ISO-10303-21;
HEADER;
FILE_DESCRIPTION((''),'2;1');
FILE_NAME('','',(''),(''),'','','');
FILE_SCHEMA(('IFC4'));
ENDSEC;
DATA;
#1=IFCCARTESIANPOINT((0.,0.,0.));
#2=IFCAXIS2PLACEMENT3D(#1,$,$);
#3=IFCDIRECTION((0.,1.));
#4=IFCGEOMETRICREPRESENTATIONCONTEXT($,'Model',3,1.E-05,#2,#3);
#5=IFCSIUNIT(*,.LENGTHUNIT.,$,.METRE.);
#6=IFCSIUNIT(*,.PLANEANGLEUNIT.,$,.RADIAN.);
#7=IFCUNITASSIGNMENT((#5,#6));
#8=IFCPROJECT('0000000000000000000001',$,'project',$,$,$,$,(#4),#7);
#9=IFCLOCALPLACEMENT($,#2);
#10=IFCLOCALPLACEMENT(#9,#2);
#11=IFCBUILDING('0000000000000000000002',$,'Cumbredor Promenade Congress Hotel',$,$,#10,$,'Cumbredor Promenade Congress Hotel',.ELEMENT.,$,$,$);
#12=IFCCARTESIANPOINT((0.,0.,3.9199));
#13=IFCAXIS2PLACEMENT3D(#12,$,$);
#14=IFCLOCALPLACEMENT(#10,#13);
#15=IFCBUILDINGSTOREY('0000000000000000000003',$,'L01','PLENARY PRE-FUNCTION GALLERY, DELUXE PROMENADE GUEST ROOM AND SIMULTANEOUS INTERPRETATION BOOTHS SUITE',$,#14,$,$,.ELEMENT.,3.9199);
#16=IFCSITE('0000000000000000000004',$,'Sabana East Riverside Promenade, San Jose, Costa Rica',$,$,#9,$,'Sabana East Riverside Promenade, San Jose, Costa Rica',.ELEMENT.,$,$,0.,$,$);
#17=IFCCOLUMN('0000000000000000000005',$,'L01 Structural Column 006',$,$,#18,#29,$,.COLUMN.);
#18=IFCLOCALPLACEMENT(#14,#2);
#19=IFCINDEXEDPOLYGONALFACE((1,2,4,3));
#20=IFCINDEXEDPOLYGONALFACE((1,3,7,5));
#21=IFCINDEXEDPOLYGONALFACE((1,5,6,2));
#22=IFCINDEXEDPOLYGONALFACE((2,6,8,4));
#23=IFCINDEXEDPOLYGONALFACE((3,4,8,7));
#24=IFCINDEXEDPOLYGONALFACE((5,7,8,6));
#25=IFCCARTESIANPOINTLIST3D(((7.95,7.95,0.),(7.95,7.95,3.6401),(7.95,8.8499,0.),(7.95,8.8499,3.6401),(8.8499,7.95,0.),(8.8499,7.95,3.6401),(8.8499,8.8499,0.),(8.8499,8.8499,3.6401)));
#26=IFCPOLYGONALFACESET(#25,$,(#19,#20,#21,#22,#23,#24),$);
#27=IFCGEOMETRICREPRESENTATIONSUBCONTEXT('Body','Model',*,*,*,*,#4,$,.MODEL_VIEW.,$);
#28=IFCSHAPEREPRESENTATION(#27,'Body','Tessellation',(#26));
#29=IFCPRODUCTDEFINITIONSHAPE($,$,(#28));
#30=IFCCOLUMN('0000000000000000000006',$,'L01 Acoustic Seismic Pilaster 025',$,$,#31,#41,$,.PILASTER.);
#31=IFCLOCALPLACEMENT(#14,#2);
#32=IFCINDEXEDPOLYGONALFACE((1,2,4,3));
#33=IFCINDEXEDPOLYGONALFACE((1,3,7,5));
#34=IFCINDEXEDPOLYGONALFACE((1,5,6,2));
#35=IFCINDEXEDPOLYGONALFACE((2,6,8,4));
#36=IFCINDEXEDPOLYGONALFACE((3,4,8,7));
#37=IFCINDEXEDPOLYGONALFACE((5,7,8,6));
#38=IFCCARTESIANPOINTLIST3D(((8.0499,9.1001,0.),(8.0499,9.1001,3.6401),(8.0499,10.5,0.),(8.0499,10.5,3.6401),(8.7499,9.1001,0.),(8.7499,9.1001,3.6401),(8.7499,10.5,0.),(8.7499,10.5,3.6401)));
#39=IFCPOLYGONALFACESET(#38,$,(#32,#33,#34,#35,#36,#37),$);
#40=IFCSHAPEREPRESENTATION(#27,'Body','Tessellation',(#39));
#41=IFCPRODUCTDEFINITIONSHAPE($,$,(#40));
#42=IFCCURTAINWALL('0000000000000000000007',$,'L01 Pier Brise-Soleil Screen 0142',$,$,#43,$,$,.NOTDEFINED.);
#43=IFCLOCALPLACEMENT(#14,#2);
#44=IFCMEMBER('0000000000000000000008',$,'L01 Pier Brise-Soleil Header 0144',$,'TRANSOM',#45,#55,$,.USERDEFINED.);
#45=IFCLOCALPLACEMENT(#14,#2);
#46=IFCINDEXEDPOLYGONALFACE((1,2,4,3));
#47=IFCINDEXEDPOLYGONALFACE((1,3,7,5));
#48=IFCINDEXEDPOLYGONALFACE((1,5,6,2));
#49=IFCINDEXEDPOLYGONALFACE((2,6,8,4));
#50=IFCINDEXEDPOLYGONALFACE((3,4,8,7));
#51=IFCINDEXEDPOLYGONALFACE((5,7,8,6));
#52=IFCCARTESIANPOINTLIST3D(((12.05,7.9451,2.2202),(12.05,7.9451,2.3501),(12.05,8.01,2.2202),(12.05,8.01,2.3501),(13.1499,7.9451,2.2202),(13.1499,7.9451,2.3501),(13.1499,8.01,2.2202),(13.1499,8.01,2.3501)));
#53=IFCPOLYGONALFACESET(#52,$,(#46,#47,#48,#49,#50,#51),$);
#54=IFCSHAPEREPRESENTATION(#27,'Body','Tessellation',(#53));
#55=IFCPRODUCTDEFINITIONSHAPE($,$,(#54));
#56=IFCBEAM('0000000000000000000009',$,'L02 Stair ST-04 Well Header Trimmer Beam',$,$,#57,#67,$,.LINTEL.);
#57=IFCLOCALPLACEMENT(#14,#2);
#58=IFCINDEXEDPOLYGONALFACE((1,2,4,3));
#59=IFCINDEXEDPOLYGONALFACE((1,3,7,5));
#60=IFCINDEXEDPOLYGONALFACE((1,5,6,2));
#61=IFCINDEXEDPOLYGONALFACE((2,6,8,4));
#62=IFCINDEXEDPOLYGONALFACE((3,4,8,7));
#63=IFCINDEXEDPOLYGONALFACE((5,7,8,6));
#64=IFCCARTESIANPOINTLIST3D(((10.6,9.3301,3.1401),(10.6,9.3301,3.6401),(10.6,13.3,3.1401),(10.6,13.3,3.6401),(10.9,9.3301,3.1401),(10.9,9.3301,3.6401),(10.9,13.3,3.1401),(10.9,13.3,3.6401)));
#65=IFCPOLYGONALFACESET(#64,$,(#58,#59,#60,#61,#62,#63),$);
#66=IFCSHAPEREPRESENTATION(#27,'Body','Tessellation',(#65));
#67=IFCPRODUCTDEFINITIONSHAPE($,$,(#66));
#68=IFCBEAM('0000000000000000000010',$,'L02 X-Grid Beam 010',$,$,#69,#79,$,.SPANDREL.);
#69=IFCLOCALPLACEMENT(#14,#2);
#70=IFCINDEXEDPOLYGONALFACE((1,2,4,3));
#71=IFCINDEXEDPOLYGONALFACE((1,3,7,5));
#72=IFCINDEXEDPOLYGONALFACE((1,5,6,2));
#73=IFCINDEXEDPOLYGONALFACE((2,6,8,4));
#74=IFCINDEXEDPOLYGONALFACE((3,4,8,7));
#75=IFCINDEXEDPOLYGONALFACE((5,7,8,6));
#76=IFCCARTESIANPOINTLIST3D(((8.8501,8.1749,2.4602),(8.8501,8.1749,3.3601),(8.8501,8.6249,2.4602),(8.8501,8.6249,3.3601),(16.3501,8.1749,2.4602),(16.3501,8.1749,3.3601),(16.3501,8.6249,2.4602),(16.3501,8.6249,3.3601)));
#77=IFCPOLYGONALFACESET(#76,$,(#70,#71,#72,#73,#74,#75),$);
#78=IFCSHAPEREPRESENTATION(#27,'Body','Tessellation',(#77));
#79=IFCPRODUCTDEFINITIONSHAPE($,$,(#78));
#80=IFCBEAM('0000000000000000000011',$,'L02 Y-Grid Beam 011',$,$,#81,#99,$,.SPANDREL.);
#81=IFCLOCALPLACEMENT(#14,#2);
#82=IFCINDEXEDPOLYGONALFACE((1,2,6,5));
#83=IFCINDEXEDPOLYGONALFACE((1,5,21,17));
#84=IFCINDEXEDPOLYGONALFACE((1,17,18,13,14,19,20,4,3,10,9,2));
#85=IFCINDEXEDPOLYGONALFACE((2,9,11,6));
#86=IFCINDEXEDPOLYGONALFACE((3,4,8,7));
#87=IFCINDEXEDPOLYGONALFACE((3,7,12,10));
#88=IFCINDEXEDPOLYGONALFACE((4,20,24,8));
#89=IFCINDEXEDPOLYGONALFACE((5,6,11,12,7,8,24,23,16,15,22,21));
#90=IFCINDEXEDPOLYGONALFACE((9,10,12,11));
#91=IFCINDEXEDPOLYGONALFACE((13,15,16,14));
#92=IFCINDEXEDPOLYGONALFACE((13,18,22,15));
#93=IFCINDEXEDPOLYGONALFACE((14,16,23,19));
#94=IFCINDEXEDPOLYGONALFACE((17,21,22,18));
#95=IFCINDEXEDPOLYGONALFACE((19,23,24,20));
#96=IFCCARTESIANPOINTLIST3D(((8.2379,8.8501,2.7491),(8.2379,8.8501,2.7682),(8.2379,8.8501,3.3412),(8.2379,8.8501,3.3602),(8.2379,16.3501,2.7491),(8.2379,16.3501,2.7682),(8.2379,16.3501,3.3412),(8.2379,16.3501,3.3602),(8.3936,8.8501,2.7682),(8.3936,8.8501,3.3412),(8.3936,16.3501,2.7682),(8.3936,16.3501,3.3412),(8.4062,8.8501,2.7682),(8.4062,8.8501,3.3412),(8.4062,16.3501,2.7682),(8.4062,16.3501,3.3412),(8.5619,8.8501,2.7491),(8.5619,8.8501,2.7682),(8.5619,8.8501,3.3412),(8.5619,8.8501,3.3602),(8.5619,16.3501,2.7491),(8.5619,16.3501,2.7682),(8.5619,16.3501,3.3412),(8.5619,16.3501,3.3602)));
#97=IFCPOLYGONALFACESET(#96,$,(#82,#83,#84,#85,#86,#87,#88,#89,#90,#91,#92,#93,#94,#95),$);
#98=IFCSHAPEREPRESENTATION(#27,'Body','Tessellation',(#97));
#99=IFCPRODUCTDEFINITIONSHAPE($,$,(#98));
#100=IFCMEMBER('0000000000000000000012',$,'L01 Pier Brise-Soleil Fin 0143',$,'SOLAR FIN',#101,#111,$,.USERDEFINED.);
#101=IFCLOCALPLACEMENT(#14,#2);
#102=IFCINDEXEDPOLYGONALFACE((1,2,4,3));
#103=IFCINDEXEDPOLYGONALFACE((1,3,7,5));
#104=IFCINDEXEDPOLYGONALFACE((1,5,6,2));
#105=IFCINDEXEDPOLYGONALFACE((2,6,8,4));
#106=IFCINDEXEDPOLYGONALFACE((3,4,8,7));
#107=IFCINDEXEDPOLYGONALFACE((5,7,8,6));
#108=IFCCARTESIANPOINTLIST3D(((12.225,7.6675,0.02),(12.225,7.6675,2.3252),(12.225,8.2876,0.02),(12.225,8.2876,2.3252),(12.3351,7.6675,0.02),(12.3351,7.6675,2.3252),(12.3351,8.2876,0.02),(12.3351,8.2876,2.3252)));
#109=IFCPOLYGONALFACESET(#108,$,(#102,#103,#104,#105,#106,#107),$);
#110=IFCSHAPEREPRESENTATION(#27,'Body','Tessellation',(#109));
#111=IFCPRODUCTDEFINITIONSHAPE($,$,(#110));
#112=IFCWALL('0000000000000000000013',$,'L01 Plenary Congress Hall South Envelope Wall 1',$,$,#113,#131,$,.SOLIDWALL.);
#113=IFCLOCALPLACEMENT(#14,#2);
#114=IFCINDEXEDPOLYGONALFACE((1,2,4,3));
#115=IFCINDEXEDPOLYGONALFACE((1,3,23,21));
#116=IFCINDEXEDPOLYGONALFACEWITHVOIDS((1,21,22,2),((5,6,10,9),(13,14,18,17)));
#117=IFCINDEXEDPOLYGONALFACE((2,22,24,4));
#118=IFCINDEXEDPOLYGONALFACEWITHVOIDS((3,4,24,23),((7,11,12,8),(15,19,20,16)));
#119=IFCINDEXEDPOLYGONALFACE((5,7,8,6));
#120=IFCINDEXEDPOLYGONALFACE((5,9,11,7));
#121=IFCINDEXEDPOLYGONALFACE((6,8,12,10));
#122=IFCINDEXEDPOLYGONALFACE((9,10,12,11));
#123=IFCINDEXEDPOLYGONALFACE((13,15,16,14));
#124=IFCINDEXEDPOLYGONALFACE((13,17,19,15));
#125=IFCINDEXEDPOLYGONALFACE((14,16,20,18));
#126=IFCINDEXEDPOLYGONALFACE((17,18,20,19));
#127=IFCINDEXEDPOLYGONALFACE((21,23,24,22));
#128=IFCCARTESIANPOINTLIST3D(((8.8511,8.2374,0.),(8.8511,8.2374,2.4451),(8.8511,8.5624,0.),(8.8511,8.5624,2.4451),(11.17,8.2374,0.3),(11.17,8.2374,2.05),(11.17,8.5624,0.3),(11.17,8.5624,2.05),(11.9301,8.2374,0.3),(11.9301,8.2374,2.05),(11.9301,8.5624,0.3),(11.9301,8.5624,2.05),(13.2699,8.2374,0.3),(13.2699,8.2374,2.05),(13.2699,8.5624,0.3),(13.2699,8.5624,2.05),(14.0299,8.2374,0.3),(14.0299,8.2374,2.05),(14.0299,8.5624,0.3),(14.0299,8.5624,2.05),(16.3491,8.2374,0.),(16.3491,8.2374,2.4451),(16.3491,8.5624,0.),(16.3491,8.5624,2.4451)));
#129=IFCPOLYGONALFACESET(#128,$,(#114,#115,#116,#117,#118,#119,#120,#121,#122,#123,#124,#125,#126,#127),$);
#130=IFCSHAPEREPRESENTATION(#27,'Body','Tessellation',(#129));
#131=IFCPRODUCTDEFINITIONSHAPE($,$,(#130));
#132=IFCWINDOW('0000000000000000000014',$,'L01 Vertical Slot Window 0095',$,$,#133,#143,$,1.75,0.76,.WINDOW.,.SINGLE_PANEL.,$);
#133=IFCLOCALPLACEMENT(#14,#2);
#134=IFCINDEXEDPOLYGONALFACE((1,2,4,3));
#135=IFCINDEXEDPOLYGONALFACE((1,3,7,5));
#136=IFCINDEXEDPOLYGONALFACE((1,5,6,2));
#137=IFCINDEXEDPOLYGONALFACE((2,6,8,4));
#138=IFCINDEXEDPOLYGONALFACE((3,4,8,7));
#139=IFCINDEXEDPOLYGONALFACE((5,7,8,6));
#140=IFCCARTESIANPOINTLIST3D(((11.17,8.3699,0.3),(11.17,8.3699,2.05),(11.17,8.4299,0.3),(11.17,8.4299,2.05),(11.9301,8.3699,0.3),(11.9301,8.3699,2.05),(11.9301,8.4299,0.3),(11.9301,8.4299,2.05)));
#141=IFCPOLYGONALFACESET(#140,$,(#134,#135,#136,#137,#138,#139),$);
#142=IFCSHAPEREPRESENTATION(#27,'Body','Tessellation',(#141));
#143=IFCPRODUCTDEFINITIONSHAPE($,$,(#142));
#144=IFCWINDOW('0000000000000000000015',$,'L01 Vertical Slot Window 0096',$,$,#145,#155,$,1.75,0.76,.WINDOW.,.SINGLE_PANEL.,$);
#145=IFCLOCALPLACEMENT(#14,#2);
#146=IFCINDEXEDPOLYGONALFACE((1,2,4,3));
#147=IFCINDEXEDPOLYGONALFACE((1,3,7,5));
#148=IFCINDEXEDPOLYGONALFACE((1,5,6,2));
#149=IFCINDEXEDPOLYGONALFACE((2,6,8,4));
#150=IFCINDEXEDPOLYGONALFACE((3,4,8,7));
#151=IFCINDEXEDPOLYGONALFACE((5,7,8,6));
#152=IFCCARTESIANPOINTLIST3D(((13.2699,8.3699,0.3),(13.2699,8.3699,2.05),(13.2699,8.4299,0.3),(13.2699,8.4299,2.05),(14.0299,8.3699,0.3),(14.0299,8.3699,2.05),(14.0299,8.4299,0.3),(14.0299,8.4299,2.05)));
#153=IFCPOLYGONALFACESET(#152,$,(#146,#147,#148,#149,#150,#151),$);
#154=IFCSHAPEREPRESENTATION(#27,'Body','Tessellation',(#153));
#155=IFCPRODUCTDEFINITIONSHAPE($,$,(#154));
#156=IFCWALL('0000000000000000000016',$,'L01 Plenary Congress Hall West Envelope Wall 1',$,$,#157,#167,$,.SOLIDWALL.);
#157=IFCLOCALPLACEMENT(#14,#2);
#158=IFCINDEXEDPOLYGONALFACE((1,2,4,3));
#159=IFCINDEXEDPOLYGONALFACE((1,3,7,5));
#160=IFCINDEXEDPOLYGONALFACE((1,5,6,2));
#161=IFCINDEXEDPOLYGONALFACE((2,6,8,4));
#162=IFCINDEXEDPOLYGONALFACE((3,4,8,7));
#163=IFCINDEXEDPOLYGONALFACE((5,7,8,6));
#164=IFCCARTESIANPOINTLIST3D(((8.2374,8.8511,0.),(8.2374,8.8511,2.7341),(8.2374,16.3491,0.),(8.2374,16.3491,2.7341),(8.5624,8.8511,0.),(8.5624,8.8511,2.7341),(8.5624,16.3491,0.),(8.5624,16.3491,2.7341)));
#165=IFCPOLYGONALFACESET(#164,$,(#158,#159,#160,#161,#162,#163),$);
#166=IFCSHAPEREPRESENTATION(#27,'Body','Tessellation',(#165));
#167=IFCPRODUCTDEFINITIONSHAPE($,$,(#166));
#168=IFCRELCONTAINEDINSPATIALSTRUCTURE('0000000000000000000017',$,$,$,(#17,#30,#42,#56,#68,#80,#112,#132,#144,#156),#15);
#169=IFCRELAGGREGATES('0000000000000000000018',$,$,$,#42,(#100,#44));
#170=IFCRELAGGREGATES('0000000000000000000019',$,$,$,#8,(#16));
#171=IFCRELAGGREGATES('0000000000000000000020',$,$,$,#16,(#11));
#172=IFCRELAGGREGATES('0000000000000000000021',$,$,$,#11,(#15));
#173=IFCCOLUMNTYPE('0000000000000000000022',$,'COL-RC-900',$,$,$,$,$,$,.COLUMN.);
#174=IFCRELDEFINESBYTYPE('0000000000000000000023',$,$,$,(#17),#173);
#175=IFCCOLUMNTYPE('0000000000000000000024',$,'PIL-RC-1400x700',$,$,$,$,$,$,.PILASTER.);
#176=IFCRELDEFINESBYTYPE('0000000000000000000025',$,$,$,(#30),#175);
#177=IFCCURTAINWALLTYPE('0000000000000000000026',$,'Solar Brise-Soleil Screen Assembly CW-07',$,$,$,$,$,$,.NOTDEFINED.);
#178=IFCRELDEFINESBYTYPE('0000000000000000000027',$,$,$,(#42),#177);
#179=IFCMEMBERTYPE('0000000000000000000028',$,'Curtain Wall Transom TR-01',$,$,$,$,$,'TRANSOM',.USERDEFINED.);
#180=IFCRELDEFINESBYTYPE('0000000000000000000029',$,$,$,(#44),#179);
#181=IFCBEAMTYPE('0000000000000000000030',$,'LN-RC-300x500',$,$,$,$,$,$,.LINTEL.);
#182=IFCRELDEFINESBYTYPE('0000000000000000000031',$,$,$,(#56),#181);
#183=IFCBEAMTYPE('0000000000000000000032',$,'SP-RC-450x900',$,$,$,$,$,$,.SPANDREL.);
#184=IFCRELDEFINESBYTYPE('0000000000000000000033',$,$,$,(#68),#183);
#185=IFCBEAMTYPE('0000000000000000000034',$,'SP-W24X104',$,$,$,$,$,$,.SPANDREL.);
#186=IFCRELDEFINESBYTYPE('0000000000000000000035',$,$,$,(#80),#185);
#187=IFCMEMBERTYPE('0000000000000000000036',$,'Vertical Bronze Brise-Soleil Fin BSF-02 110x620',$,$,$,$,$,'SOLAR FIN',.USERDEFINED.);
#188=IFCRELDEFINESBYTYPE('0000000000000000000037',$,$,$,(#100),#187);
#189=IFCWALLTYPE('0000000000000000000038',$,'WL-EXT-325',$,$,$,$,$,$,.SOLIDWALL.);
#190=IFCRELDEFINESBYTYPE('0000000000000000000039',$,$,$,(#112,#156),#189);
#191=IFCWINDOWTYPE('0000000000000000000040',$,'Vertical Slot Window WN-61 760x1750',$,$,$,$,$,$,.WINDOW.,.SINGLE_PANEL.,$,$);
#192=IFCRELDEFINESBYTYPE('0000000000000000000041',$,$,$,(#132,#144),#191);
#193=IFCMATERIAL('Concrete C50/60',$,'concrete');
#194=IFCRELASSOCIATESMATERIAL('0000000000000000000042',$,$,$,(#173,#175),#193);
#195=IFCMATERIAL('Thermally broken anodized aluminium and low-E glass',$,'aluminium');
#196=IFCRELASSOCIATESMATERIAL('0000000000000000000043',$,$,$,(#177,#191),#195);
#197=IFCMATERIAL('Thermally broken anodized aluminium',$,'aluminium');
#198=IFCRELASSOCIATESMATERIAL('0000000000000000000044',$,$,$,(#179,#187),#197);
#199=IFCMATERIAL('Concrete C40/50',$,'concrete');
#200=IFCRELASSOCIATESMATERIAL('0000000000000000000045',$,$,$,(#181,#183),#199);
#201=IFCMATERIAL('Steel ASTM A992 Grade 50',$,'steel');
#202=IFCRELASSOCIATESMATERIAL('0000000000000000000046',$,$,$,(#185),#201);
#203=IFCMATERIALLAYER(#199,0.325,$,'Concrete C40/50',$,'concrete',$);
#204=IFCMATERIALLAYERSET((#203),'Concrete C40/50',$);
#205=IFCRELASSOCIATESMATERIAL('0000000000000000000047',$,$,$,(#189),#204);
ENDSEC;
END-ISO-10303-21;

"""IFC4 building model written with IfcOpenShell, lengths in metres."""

from ifc_helpers import new_model, si_unit, direction, frame, frame_2d, origin, origin_2d, place, context, subcontext, project, spatial, rectangle, i_section, extrude, material, layer, layer_set, material_profile, profile_set, type_object, element, fill, aggregate, save


model = new_model("IFC4")

# Units and contexts
model_context = context("Model", 3, precision=1e-05, world=origin(), true_north=direction((0.0, 1.0)))
body_context = subcontext(model_context, "Body", "Model", "MODEL_VIEW")
ifc_project = project(units=[si_unit("LENGTHUNIT", "METRE"), si_unit("PLANEANGLEUNIT", "RADIAN")], contexts=[model_context])

# Site, building, storey
site_placement = place(None, origin())
site = spatial("IfcSite", under=ifc_project, at=site_placement, Name="Sabana East Riverside Promenade, San Jose, Costa Rica", LongName="Sabana East Riverside Promenade, San Jose, Costa Rica", CompositionType="ELEMENT", RefElevation=0.0)
building_placement = place(site_placement, origin())
building = spatial("IfcBuilding", under=site, at=building_placement, Name="Cumbredor Promenade Congress Hotel", LongName="Cumbredor Promenade Congress Hotel", CompositionType="ELEMENT")
storey_placement = place(building_placement, frame((0.0, 0.0, 3.9199)))
storey = spatial("IfcBuildingStorey", under=building, at=storey_placement, Name="L01", Description="PLENARY PRE-FUNCTION GALLERY, DELUXE PROMENADE GUEST ROOM AND SIMULTANEOUS INTERPRETATION BOOTHS SUITE", CompositionType="ELEMENT", Elevation=3.9199)

# Columns
ifc_material_1 = material(Name="Concrete C50/60", Category="concrete")
ifc_material_profile_1 = material_profile(ifc_material_1, rectangle(XDim=0.8999, YDim=0.8999, at=origin_2d()), Name="RC 900x900")
ifc_profile_set_1 = profile_set([ifc_material_profile_1], Name="Concrete C50/60")
column_type_1 = type_object("IfcColumnType", Name="COL-RC-900", PredefinedType="COLUMN", material=ifc_profile_set_1)
column_1_placement = place(storey_placement, frame((8.3999, 8.3999, 0.0), z_axis=(0.0, 0.0, 1.0), x_axis=(1.0, 0.0, 0.0)))
element("IfcColumn", 1, at=column_1_placement, inside=storey, type_object=column_type_1, Name="L01 Structural Column 006", PredefinedType="COLUMN", context=body_context, shape_type="SweptSolid", body=[
    extrude(rectangle(XDim=0.8999, YDim=0.8999, at=origin_2d()), origin(), (0.0, 0.0, 1.0), 3.6401),
])
ifc_material_profile_2 = material_profile(ifc_material_1, rectangle(XDim=0.7, YDim=1.3999, at=origin_2d()), Name="RC PILASTER 1400x700")
ifc_profile_set_2 = profile_set([ifc_material_profile_2], Name="Concrete C50/60")
column_type_2 = type_object("IfcColumnType", Name="PIL-RC-1400x700", PredefinedType="PILASTER", material=ifc_profile_set_2)
column_2_placement = place(storey_placement, frame((8.3999, 9.8, 0.0), z_axis=(0.0, 0.0, 1.0), x_axis=(1.0, 0.0, 0.0)))
element("IfcColumn", 2, at=column_2_placement, inside=storey, type_object=column_type_2, Name="L01 Acoustic Seismic Pilaster 025", PredefinedType="PILASTER", context=body_context, shape_type="SweptSolid", body=[
    extrude(rectangle(XDim=0.7, YDim=1.3999, at=origin_2d()), origin(), (0.0, 0.0, 1.0), 3.6401),
])

# Curtain wall, member
ifc_material_2 = material(Name="Thermally broken anodized aluminium and low-E glass", Category="aluminium")
curtain_wall_type = type_object("IfcCurtainWallType", Name="Solar Brise-Soleil Screen Assembly CW-07", PredefinedType="NOTDEFINED", material=ifc_material_2)
curtain_wall_placement = place(storey_placement, origin())
curtain_wall = element("IfcCurtainWall", 3, at=curtain_wall_placement, inside=storey, type_object=curtain_wall_type, Name="L01 Pier Brise-Soleil Screen 0142", PredefinedType="NOTDEFINED")
ifc_material_3 = material(Name="Thermally broken anodized aluminium", Category="aluminium")
ifc_material_profile_3 = material_profile(ifc_material_3, rectangle(XDim=0.0649, YDim=0.1299, at=origin_2d()), Name="ALU TRANSOM 65x130")
ifc_profile_set_3 = profile_set([ifc_material_profile_3], Name="Thermally broken anodized aluminium")
member_type_1 = type_object("IfcMemberType", Name="Curtain Wall Transom TR-01", ElementType="TRANSOM", PredefinedType="USERDEFINED", material=ifc_profile_set_3)
member_1_placement = place(storey_placement, frame((12.05, 7.9775, 2.2852), z_axis=(1.0, 0.0, 0.0), x_axis=(0.0, 1.0, 0.0)))
member_1 = element("IfcMember", 4, at=member_1_placement, type_object=member_type_1, Name="L01 Pier Brise-Soleil Header 0144", ObjectType="TRANSOM", PredefinedType="USERDEFINED", context=body_context, shape_type="SweptSolid", body=[
    extrude(rectangle(XDim=0.0649, YDim=0.1299, at=origin_2d()), origin(), (0.0, 0.0, 1.0), 1.0999),
])

# Beams
ifc_material_4 = material(Name="Concrete C40/50", Category="concrete")
ifc_material_profile_4 = material_profile(ifc_material_4, rectangle(XDim=0.3, YDim=0.5, at=origin_2d()), Name="RC LINTEL 300x500")
ifc_profile_set_4 = profile_set([ifc_material_profile_4], Name="Concrete C40/50")
beam_type_1 = type_object("IfcBeamType", Name="LN-RC-300x500", PredefinedType="LINTEL", material=ifc_profile_set_4)
beam_1_placement = place(storey_placement, frame((10.75, 9.3301, 3.3901), z_axis=(0.0, 1.0, 0.0), x_axis=(-1.0, 0.0, 0.0)))
element("IfcBeam", 5, at=beam_1_placement, inside=storey, type_object=beam_type_1, Name="L02 Stair ST-04 Well Header Trimmer Beam", PredefinedType="LINTEL", context=body_context, shape_type="SweptSolid", body=[
    extrude(rectangle(XDim=0.3, YDim=0.5, at=origin_2d()), origin(), (0.0, 0.0, 1.0), 3.97),
])
ifc_material_profile_5 = material_profile(ifc_material_4, rectangle(XDim=0.45, YDim=0.8999, at=origin_2d()), Name="RC SPANDREL 450x900")
ifc_profile_set_5 = profile_set([ifc_material_profile_5], Name="Concrete C40/50")
beam_type_2 = type_object("IfcBeamType", Name="SP-RC-450x900", PredefinedType="SPANDREL", material=ifc_profile_set_5)
beam_2_placement = place(storey_placement, frame((8.8501, 8.3999, 2.9102), z_axis=(1.0, 0.0, 0.0), x_axis=(0.0, 1.0, 0.0)))
element("IfcBeam", 6, at=beam_2_placement, inside=storey, type_object=beam_type_2, Name="L02 X-Grid Beam 010", PredefinedType="SPANDREL", context=body_context, shape_type="SweptSolid", body=[
    extrude(rectangle(XDim=0.45, YDim=0.8999, at=origin_2d()), origin(), (0.0, 0.0, 1.0), 7.5),
])
ifc_material_5 = material(Name="Steel ASTM A992 Grade 50", Category="steel")
ifc_material_profile_6 = material_profile(ifc_material_5, i_section(OverallWidth=0.324, OverallDepth=0.6111, WebThickness=0.0127, FlangeThickness=0.019, at=origin_2d()), Name="W24X104")
ifc_profile_set_6 = profile_set([ifc_material_profile_6], Name="Steel ASTM A992 Grade 50")
beam_type_3 = type_object("IfcBeamType", Name="SP-W24X104", PredefinedType="SPANDREL", material=ifc_profile_set_6)
beam_3_placement = place(storey_placement, frame((8.3999, 8.8501, 3.0547), z_axis=(0.0, 1.0, 0.0), x_axis=(-1.0, 0.0, 0.0)))
element("IfcBeam", 7, at=beam_3_placement, inside=storey, type_object=beam_type_3, Name="L02 Y-Grid Beam 011", PredefinedType="SPANDREL", context=body_context, shape_type="SweptSolid", body=[
    extrude(i_section(OverallWidth=0.324, OverallDepth=0.6111, WebThickness=0.0127, FlangeThickness=0.019, at=origin_2d()), origin(), (0.0, 0.0, 1.0), 7.5),
])

# Member
ifc_material_profile_7 = material_profile(ifc_material_3, rectangle(XDim=0.1101, YDim=0.6201, at=origin_2d()), Name="ARCH FIN 110x620")
ifc_profile_set_7 = profile_set([ifc_material_profile_7], Name="Thermally broken anodized aluminium")
member_type_2 = type_object("IfcMemberType", Name="Vertical Bronze Brise-Soleil Fin BSF-02 110x620", ElementType="SOLAR FIN", PredefinedType="USERDEFINED", material=ifc_profile_set_7)
member_2_placement = place(storey_placement, frame((12.28, 7.9775, 0.02), z_axis=(0.0, 0.0, 1.0), x_axis=(1.0, 0.0, 0.0)))
member_2 = element("IfcMember", 8, at=member_2_placement, type_object=member_type_2, Name="L01 Pier Brise-Soleil Fin 0143", ObjectType="SOLAR FIN", PredefinedType="USERDEFINED", context=body_context, shape_type="SweptSolid", body=[
    extrude(rectangle(XDim=0.1101, YDim=0.6201, at=origin_2d()), origin(), (0.0, 0.0, 1.0), 2.3052),
])
aggregate(curtain_wall, [member_2, member_1])

# Wall, openings, windows
ifc_layer_1 = layer(ifc_material_4, 0.325, Name="Concrete C40/50", Category="concrete")
ifc_layer_set_1 = layer_set([ifc_layer_1], Name="Concrete C40/50")
wall_type_1 = type_object("IfcWallType", Name="WL-EXT-325", PredefinedType="SOLIDWALL", material=ifc_layer_set_1)
wall_1_placement = place(storey_placement, frame((8.8511, 8.3999, 0.0), z_axis=(0.0, 0.0, 1.0), x_axis=(1.0, 0.0, 0.0)))
wall_1 = element("IfcWall", 9, at=wall_1_placement, inside=storey, type_object=wall_type_1, Name="L01 Plenary Congress Hall South Envelope Wall 1", PredefinedType="SOLIDWALL", context=body_context, shape_type="SweptSolid", body=[
    extrude(rectangle(XDim=7.498, YDim=0.325, at=frame_2d((3.749, 0.0))), origin(), (0.0, 0.0, 1.0), 2.4451),
])
opening_1_placement = place(wall_1_placement, frame((2.3191, 0.0, 0.3)))
opening_1 = element("IfcOpeningElement", 10, at=opening_1_placement, cuts=wall_1, PredefinedType="OPENING", context=body_context, shape_type="SweptSolid", body=[
    extrude(rectangle(XDim=0.76, YDim=1.75, at=frame_2d((0.3799, 0.875))), frame((0.0, 0.1724, 0.0), z_axis=(0.0, -1.0, 0.0), x_axis=(1.0, 0.0, 0.0)), (0.0, 0.0, 1.0), 0.345),
])
opening_2_placement = place(wall_1_placement, frame((4.4189, 0.0, 0.3)))
opening_2 = element("IfcOpeningElement", 11, at=opening_2_placement, cuts=wall_1, PredefinedType="OPENING", context=body_context, shape_type="SweptSolid", body=[
    extrude(rectangle(XDim=0.76, YDim=1.75, at=frame_2d((0.3799, 0.875))), frame((0.0, 0.1724, 0.0), z_axis=(0.0, -1.0, 0.0), x_axis=(1.0, 0.0, 0.0)), (0.0, 0.0, 1.0), 0.345),
])
window_type = type_object("IfcWindowType", Name="Vertical Slot Window WN-61 760x1750", PartitioningType="SINGLE_PANEL", PredefinedType="WINDOW", material=ifc_material_2)
window_1_placement = place(opening_1_placement, origin())
window_1 = element("IfcWindow", 12, at=window_1_placement, inside=storey, type_object=window_type, Name="L01 Vertical Slot Window 0095", OverallHeight=1.75, OverallWidth=0.76, PartitioningType="SINGLE_PANEL", PredefinedType="WINDOW", context=body_context, shape_type="SweptSolid", body=[
    extrude(rectangle(XDim=0.76, YDim=1.75, at=frame_2d((0.3799, 0.875))), frame((0.0, 0.03, 0.0), z_axis=(0.0, -1.0, 0.0), x_axis=(1.0, 0.0, 0.0)), (0.0, 0.0, 1.0), 0.0601),
])
fill(opening_1, window_1)
window_2_placement = place(opening_2_placement, origin())
window_2 = element("IfcWindow", 13, at=window_2_placement, inside=storey, type_object=window_type, Name="L01 Vertical Slot Window 0096", OverallHeight=1.75, OverallWidth=0.76, PartitioningType="SINGLE_PANEL", PredefinedType="WINDOW", context=body_context, shape_type="SweptSolid", body=[
    extrude(rectangle(XDim=0.76, YDim=1.75, at=frame_2d((0.3799, 0.875))), frame((0.0, 0.03, 0.0), z_axis=(0.0, -1.0, 0.0), x_axis=(1.0, 0.0, 0.0)), (0.0, 0.0, 1.0), 0.0601),
])
fill(opening_2, window_2)

# Wall
wall_2_placement = place(storey_placement, frame((8.3999, 8.8511, 0.0), z_axis=(0.0, 0.0, 1.0), x_axis=(0.0, 1.0, 0.0)))
element("IfcWall", 14, at=wall_2_placement, inside=storey, type_object=wall_type_1, Name="L01 Plenary Congress Hall West Envelope Wall 1", PredefinedType="SOLIDWALL", context=body_context, shape_type="SweptSolid", body=[
    extrude(rectangle(XDim=7.498, YDim=0.325, at=frame_2d((3.749, 0.0))), origin(), (0.0, 0.0, 1.0), 2.7341),
])

save(model, "model.ifc")
